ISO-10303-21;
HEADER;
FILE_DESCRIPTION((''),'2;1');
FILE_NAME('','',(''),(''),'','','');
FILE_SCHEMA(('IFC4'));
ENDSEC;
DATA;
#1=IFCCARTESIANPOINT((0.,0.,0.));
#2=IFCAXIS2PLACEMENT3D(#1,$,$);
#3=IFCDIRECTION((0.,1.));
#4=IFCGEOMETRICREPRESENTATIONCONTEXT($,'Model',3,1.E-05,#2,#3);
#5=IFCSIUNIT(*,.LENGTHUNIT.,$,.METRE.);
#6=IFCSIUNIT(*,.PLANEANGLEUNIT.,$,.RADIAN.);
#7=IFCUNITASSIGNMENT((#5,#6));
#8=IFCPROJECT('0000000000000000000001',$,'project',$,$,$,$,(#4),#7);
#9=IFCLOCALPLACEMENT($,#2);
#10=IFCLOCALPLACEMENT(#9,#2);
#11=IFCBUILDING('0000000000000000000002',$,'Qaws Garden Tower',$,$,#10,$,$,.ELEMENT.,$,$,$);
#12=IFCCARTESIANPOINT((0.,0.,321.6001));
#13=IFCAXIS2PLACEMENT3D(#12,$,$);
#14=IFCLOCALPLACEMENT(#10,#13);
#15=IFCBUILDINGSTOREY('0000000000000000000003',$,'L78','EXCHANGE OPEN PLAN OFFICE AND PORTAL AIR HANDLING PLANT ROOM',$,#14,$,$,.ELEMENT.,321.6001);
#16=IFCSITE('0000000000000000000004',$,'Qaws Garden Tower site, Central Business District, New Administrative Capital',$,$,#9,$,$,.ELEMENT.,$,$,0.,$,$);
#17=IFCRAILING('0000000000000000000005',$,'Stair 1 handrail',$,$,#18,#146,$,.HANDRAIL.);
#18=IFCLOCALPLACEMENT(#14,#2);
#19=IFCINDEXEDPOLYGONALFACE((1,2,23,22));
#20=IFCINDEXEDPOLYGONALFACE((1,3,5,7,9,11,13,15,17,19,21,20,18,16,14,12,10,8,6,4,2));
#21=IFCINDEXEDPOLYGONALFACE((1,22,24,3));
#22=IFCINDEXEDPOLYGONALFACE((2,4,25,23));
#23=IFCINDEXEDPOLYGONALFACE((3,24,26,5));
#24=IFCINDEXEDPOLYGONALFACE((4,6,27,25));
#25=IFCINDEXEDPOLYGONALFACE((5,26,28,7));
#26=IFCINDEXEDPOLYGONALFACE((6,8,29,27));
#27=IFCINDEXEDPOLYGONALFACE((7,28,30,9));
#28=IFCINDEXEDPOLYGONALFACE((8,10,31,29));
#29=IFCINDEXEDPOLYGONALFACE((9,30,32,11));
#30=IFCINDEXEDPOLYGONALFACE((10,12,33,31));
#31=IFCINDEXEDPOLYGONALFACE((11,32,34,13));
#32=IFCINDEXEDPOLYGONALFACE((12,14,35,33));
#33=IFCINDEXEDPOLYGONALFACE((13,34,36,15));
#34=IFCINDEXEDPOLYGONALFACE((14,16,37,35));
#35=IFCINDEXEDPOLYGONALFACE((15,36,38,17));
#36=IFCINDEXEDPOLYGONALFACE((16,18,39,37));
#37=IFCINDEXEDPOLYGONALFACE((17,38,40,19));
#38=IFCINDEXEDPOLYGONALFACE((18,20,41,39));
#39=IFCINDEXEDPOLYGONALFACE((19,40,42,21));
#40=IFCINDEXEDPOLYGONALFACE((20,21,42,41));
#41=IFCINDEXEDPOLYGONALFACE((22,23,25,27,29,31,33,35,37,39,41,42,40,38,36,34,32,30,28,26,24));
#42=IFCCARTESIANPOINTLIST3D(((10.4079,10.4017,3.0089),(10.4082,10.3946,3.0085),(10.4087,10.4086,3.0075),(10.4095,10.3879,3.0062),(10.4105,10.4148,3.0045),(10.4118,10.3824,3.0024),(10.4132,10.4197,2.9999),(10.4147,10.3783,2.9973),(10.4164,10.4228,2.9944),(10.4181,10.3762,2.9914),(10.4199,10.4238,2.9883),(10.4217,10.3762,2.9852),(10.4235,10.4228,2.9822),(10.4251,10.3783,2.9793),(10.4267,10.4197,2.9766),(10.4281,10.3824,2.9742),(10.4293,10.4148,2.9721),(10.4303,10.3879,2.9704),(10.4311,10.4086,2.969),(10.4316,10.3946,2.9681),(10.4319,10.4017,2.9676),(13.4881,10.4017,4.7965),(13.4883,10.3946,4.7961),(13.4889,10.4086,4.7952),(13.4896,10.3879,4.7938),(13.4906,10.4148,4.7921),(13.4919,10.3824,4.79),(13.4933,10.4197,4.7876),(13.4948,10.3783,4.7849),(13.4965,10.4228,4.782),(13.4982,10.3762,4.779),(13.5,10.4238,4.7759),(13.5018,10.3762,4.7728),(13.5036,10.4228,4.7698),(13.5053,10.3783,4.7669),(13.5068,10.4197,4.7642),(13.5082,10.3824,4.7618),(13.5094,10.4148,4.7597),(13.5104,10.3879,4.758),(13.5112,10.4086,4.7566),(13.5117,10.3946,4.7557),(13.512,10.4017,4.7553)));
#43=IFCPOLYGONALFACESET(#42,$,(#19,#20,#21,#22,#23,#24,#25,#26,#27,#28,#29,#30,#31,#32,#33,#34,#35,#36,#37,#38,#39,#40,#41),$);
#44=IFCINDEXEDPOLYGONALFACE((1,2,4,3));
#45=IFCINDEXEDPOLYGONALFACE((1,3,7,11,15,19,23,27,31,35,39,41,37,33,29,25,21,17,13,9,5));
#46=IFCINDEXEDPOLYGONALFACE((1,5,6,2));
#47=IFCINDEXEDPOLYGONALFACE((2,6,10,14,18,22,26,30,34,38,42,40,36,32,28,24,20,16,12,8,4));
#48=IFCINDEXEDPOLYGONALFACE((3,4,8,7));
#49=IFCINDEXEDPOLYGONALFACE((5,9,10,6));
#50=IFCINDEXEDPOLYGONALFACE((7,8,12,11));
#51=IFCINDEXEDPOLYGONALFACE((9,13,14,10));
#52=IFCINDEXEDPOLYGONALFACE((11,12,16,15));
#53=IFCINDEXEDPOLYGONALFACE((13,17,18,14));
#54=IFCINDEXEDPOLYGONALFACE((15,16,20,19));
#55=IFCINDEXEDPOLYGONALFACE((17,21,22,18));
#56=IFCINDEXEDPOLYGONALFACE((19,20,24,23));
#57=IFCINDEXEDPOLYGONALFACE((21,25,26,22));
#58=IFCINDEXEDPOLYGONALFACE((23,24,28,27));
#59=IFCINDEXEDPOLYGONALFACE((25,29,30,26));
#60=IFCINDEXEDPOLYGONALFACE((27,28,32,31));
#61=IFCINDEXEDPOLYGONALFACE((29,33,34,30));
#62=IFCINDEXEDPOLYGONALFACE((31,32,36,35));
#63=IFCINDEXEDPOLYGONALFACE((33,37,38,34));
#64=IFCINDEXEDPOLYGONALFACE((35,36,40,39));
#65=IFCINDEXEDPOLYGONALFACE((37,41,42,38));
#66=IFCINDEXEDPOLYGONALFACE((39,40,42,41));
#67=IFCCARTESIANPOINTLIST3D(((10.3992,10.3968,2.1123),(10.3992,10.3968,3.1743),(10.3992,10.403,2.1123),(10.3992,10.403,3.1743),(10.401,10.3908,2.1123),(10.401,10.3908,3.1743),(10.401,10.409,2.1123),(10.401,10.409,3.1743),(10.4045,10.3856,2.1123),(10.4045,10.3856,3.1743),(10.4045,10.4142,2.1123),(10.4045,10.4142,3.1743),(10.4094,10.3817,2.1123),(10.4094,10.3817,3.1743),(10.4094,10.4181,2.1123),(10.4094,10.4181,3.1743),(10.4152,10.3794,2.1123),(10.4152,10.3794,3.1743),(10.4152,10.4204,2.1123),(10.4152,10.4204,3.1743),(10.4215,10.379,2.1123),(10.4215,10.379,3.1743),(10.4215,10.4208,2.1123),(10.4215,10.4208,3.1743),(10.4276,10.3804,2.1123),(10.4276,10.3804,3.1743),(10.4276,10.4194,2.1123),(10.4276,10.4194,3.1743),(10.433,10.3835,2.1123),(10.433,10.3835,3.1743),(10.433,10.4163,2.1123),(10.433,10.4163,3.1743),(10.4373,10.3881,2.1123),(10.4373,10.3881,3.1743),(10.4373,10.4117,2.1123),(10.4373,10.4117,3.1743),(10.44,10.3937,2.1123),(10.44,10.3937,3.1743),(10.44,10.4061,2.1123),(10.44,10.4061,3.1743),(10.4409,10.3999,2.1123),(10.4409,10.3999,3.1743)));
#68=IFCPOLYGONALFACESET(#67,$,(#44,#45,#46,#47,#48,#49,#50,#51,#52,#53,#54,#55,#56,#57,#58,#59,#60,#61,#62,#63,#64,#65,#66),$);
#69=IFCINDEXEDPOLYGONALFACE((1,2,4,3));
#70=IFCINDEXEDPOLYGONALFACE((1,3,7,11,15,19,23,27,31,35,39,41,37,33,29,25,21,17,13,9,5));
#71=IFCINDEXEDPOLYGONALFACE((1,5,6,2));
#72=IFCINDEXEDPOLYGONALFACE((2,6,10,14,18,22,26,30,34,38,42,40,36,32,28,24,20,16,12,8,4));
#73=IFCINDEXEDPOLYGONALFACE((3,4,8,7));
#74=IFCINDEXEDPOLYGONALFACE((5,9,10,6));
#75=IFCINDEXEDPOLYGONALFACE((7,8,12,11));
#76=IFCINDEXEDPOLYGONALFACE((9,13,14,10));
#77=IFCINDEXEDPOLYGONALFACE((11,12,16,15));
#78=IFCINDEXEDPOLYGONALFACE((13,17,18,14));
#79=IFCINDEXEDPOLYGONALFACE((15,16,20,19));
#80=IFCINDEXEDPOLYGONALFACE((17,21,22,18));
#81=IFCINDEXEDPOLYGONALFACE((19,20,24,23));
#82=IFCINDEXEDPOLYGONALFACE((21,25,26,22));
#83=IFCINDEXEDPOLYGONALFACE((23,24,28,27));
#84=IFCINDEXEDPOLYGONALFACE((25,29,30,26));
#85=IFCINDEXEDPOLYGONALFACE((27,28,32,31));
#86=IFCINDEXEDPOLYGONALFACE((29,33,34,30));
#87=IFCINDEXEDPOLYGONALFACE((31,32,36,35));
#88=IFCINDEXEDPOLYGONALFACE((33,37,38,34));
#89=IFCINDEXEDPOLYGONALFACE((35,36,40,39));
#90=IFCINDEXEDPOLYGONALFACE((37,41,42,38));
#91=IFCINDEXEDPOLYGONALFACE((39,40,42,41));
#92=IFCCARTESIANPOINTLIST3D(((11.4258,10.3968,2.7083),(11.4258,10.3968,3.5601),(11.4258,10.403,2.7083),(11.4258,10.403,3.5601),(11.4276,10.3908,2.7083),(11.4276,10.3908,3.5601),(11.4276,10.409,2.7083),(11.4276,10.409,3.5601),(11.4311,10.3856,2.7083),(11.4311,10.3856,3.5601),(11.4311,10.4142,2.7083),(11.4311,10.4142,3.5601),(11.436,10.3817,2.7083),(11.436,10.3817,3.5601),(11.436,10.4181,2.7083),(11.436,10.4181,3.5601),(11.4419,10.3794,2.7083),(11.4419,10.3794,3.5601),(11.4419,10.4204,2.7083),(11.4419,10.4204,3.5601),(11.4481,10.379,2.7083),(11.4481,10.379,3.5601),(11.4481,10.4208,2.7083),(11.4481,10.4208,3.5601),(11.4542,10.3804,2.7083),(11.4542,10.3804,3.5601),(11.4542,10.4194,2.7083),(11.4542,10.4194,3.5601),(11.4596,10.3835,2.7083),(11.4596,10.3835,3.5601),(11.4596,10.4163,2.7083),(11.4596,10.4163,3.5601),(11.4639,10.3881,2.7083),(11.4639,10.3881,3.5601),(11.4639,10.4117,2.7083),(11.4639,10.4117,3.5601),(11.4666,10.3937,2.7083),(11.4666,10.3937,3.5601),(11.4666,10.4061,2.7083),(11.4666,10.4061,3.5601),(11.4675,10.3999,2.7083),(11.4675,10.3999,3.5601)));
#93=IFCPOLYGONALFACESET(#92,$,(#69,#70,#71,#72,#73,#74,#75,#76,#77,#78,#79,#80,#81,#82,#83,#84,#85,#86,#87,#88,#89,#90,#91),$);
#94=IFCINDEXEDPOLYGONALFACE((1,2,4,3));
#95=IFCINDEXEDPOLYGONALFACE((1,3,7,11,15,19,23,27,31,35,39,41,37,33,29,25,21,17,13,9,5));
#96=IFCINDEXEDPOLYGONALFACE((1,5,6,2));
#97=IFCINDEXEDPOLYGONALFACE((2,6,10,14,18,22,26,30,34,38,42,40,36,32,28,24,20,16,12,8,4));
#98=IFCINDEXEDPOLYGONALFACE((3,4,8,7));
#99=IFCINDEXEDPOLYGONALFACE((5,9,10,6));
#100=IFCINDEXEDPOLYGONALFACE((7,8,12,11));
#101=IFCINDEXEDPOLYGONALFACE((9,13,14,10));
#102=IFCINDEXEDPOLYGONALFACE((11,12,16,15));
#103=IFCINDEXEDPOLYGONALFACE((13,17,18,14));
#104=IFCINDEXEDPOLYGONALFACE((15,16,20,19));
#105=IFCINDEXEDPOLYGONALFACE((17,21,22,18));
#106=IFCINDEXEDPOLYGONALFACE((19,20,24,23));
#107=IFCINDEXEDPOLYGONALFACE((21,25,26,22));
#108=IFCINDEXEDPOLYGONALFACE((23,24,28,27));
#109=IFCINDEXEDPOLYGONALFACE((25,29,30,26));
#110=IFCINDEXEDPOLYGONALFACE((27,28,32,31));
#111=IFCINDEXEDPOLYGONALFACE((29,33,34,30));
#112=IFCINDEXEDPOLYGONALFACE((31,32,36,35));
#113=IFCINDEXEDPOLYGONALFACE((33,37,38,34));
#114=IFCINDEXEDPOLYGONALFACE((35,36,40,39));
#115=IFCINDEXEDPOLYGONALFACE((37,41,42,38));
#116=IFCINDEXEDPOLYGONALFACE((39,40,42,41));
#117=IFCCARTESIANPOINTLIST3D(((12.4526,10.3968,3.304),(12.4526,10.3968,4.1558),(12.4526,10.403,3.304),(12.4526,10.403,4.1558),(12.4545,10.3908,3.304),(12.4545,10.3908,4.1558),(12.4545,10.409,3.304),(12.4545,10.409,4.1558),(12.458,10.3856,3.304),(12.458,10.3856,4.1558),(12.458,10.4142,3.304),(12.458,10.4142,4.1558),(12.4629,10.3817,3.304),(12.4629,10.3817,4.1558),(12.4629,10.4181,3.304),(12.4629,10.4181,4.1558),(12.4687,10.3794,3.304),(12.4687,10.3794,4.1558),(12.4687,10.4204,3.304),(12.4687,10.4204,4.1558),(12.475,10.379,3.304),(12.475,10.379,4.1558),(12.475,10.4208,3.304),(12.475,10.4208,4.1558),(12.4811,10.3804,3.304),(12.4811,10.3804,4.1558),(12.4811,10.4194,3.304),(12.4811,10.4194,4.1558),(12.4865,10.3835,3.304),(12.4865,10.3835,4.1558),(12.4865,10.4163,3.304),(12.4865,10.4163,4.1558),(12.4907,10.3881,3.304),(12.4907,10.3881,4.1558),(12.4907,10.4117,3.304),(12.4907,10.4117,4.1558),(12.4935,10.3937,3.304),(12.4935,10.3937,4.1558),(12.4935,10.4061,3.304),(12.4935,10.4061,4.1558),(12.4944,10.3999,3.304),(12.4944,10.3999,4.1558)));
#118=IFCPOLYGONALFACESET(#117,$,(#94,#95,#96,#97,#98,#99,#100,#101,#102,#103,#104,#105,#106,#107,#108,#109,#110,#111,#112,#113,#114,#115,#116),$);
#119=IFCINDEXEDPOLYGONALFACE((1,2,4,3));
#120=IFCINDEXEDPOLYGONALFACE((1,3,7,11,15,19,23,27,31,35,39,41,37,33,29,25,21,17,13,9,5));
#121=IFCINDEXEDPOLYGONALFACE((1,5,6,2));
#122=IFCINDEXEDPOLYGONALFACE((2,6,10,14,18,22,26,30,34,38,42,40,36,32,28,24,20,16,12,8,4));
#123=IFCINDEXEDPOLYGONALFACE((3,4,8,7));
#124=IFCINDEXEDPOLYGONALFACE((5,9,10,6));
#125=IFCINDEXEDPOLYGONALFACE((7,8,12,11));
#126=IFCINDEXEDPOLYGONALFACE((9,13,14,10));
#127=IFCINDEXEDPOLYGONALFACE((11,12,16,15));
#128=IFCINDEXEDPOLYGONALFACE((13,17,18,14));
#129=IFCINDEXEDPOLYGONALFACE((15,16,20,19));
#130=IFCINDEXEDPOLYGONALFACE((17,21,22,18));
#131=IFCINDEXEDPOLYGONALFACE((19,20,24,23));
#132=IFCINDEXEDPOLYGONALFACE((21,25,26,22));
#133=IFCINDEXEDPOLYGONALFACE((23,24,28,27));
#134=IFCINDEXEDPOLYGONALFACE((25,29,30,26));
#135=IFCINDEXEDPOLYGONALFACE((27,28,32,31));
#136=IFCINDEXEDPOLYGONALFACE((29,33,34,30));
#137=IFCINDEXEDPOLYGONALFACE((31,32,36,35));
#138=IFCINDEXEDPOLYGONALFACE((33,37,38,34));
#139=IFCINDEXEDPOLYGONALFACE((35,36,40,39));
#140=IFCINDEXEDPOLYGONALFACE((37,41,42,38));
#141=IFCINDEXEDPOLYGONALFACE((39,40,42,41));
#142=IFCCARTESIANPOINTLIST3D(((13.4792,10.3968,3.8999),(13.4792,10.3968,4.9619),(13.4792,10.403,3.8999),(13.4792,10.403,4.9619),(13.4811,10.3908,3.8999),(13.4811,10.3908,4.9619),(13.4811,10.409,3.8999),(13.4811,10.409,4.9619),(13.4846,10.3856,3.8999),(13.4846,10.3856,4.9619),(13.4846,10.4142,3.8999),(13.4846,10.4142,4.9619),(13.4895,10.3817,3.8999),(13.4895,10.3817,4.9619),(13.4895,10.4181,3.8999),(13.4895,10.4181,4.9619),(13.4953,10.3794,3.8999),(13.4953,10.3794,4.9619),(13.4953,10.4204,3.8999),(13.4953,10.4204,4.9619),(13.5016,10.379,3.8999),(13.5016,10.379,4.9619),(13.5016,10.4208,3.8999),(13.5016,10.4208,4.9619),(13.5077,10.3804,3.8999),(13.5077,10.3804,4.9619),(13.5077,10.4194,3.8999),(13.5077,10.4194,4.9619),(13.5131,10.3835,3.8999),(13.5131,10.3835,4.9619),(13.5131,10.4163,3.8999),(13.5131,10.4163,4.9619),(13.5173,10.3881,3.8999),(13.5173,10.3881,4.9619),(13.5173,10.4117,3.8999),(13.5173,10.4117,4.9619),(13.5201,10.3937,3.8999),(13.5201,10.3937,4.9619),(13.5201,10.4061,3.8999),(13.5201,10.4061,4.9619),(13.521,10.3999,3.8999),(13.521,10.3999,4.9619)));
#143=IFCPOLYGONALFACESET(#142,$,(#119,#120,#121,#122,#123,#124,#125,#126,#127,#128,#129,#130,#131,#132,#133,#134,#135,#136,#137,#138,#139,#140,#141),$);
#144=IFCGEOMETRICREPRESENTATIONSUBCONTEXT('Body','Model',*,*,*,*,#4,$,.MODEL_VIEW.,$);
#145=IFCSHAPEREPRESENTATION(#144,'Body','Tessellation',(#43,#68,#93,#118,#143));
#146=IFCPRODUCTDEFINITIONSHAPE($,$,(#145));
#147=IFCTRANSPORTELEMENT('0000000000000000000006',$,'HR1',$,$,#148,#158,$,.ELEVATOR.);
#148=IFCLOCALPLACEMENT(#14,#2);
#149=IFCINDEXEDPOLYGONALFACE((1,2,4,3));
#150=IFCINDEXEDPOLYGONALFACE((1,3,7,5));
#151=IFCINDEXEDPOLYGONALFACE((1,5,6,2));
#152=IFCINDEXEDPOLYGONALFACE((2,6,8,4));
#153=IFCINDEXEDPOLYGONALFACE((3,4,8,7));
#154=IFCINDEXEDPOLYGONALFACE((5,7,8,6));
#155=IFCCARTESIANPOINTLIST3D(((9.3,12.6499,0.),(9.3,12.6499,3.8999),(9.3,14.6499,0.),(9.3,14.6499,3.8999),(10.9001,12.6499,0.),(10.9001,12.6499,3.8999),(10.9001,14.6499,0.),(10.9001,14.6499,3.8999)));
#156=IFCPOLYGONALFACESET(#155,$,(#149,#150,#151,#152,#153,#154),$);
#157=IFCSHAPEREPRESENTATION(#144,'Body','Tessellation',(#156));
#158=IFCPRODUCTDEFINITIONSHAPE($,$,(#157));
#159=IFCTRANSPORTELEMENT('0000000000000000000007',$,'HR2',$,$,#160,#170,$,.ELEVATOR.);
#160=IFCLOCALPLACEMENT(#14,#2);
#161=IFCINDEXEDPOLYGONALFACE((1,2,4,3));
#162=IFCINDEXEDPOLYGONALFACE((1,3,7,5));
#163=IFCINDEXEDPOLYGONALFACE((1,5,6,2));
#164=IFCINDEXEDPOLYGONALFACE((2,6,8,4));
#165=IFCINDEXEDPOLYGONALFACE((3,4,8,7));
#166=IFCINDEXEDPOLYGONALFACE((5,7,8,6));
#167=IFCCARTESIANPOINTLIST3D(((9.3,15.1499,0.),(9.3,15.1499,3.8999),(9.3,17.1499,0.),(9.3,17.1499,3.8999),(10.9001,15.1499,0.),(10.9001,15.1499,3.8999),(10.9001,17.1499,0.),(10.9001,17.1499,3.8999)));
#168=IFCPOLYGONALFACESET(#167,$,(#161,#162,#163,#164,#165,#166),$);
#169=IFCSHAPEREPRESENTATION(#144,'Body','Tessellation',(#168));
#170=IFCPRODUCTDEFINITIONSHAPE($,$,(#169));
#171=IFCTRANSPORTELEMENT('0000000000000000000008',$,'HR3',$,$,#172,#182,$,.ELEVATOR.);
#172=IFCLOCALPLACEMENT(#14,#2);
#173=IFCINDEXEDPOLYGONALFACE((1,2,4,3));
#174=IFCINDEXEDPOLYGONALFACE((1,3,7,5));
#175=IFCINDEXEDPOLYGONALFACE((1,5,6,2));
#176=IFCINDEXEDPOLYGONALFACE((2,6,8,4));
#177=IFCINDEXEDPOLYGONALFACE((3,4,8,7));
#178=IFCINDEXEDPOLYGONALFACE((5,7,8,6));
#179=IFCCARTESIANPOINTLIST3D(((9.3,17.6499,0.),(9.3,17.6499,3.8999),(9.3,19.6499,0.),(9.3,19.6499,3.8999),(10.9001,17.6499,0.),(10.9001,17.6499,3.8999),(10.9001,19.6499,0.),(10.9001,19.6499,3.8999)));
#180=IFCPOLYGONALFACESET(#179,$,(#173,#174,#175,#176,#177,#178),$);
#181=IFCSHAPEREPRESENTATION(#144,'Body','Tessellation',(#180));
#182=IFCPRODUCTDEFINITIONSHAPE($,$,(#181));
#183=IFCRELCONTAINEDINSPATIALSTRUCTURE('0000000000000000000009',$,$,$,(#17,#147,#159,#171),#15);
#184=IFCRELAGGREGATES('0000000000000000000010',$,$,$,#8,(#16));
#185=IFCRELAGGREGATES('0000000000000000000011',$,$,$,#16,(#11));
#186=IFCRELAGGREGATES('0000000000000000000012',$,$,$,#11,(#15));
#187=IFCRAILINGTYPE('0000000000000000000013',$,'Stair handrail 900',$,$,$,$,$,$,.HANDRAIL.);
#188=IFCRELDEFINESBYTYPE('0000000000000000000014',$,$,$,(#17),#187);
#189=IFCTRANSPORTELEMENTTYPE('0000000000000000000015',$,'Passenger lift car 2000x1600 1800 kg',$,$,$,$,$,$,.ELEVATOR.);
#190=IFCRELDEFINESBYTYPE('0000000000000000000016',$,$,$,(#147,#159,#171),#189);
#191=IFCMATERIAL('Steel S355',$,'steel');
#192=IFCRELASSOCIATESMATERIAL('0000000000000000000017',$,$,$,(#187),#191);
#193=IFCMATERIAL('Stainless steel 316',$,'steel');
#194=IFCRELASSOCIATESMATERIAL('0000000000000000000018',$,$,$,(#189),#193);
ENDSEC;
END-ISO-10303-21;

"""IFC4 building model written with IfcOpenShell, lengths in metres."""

from ifc_helpers import new_model, si_unit, direction, frame, origin, origin_2d, place, context, subcontext, project, spatial, rectangle, circle, extrude, material, type_object, element, save


model = new_model("IFC4")

# Units and contexts
model_context = context("Model", 3, precision=1e-05, world=origin(), true_north=direction((0.0, 1.0)))
body_context = subcontext(model_context, "Body", "Model", "MODEL_VIEW")
ifc_project = project(units=[si_unit("LENGTHUNIT", "METRE"), si_unit("PLANEANGLEUNIT", "RADIAN")], contexts=[model_context])

# Site, building, storey
site_placement = place(None, origin())
site = spatial("IfcSite", under=ifc_project, at=site_placement, Name="Qaws Garden Tower site, Central Business District, New Administrative Capital", CompositionType="ELEMENT", RefElevation=0.0)
building_placement = place(site_placement, origin())
building = spatial("IfcBuilding", under=site, at=building_placement, Name="Qaws Garden Tower", CompositionType="ELEMENT")
storey_placement = place(building_placement, frame((0.0, 0.0, 321.6001)))
storey = spatial("IfcBuildingStorey", under=building, at=storey_placement, Name="L78", Description="EXCHANGE OPEN PLAN OFFICE AND PORTAL AIR HANDLING PLANT ROOM", CompositionType="ELEMENT", Elevation=321.6001)

# Railing
ifc_material_1 = material(Name="Steel S355", Category="steel")
railing_type = type_object("IfcRailingType", Name="Stair handrail 900", PredefinedType="HANDRAIL", material=ifc_material_1)
railing_1_placement = place(storey_placement, frame((10.4199, 10.3999, 2.1123)))
element("IfcRailing", 1, at=railing_1_placement, inside=storey, type_object=railing_type, Name="Stair 1 handrail", PredefinedType="HANDRAIL", context=body_context, shape_type="SweptSolid", body=[
    extrude(circle(Radius=0.0239, at=origin_2d()), frame((0.0, 0.0, 0.876), z_axis=(0.864891, 0.0, 0.50196), x_axis=(0.0, 1.0, 0.0)), (0.0, 0.0, 1.0), 3.5613),
    extrude(circle(Radius=0.021, at=origin_2d()), origin(), (0.0, 0.0, 1.0), 1.062),
    extrude(circle(Radius=0.021, at=origin_2d()), frame((1.0266, 0.0, 0.5959)), (0.0, 0.0, 1.0), 0.8518),
    extrude(circle(Radius=0.021, at=origin_2d()), frame((2.0535, 0.0, 1.1917)), (0.0, 0.0, 1.0), 0.8518),
    extrude(circle(Radius=0.021, at=origin_2d()), frame((3.0801, 0.0, 1.7876)), (0.0, 0.0, 1.0), 1.062),
])

# Transport elements
ifc_material_2 = material(Name="Stainless steel 316", Category="steel")
transport_element_type = type_object("IfcTransportElementType", Name="Passenger lift car 2000x1600 1800 kg", PredefinedType="ELEVATOR", material=ifc_material_2)
for number, where, z_axis, x_axis, name in (
    (2, (10.1001, 13.6499, 0.0), (0.0, 0.0, 1.0), (1.0, 0.0, 0.0), "HR1"),
    (3, (10.1001, 16.1499, 0.0), (0.0, 0.0, 1.0), (1.0, 0.0, 0.0), "HR2"),
    (4, (10.1001, 18.6499, 0.0), (0.0, 0.0, 1.0), (1.0, 0.0, 0.0), "HR3"),
):
    element("IfcTransportElement", number, at=place(storey_placement, frame(where, z_axis=z_axis, x_axis=x_axis)), inside=storey, type_object=transport_element_type, Name=name, PredefinedType="ELEVATOR", context=body_context, shape_type="SweptSolid", body=[
        extrude(rectangle(XDim=1.6001, YDim=2.0, at=origin_2d()), origin(), (0.0, 0.0, 1.0), 3.8999),
    ])

save(model, "model.ifc")
